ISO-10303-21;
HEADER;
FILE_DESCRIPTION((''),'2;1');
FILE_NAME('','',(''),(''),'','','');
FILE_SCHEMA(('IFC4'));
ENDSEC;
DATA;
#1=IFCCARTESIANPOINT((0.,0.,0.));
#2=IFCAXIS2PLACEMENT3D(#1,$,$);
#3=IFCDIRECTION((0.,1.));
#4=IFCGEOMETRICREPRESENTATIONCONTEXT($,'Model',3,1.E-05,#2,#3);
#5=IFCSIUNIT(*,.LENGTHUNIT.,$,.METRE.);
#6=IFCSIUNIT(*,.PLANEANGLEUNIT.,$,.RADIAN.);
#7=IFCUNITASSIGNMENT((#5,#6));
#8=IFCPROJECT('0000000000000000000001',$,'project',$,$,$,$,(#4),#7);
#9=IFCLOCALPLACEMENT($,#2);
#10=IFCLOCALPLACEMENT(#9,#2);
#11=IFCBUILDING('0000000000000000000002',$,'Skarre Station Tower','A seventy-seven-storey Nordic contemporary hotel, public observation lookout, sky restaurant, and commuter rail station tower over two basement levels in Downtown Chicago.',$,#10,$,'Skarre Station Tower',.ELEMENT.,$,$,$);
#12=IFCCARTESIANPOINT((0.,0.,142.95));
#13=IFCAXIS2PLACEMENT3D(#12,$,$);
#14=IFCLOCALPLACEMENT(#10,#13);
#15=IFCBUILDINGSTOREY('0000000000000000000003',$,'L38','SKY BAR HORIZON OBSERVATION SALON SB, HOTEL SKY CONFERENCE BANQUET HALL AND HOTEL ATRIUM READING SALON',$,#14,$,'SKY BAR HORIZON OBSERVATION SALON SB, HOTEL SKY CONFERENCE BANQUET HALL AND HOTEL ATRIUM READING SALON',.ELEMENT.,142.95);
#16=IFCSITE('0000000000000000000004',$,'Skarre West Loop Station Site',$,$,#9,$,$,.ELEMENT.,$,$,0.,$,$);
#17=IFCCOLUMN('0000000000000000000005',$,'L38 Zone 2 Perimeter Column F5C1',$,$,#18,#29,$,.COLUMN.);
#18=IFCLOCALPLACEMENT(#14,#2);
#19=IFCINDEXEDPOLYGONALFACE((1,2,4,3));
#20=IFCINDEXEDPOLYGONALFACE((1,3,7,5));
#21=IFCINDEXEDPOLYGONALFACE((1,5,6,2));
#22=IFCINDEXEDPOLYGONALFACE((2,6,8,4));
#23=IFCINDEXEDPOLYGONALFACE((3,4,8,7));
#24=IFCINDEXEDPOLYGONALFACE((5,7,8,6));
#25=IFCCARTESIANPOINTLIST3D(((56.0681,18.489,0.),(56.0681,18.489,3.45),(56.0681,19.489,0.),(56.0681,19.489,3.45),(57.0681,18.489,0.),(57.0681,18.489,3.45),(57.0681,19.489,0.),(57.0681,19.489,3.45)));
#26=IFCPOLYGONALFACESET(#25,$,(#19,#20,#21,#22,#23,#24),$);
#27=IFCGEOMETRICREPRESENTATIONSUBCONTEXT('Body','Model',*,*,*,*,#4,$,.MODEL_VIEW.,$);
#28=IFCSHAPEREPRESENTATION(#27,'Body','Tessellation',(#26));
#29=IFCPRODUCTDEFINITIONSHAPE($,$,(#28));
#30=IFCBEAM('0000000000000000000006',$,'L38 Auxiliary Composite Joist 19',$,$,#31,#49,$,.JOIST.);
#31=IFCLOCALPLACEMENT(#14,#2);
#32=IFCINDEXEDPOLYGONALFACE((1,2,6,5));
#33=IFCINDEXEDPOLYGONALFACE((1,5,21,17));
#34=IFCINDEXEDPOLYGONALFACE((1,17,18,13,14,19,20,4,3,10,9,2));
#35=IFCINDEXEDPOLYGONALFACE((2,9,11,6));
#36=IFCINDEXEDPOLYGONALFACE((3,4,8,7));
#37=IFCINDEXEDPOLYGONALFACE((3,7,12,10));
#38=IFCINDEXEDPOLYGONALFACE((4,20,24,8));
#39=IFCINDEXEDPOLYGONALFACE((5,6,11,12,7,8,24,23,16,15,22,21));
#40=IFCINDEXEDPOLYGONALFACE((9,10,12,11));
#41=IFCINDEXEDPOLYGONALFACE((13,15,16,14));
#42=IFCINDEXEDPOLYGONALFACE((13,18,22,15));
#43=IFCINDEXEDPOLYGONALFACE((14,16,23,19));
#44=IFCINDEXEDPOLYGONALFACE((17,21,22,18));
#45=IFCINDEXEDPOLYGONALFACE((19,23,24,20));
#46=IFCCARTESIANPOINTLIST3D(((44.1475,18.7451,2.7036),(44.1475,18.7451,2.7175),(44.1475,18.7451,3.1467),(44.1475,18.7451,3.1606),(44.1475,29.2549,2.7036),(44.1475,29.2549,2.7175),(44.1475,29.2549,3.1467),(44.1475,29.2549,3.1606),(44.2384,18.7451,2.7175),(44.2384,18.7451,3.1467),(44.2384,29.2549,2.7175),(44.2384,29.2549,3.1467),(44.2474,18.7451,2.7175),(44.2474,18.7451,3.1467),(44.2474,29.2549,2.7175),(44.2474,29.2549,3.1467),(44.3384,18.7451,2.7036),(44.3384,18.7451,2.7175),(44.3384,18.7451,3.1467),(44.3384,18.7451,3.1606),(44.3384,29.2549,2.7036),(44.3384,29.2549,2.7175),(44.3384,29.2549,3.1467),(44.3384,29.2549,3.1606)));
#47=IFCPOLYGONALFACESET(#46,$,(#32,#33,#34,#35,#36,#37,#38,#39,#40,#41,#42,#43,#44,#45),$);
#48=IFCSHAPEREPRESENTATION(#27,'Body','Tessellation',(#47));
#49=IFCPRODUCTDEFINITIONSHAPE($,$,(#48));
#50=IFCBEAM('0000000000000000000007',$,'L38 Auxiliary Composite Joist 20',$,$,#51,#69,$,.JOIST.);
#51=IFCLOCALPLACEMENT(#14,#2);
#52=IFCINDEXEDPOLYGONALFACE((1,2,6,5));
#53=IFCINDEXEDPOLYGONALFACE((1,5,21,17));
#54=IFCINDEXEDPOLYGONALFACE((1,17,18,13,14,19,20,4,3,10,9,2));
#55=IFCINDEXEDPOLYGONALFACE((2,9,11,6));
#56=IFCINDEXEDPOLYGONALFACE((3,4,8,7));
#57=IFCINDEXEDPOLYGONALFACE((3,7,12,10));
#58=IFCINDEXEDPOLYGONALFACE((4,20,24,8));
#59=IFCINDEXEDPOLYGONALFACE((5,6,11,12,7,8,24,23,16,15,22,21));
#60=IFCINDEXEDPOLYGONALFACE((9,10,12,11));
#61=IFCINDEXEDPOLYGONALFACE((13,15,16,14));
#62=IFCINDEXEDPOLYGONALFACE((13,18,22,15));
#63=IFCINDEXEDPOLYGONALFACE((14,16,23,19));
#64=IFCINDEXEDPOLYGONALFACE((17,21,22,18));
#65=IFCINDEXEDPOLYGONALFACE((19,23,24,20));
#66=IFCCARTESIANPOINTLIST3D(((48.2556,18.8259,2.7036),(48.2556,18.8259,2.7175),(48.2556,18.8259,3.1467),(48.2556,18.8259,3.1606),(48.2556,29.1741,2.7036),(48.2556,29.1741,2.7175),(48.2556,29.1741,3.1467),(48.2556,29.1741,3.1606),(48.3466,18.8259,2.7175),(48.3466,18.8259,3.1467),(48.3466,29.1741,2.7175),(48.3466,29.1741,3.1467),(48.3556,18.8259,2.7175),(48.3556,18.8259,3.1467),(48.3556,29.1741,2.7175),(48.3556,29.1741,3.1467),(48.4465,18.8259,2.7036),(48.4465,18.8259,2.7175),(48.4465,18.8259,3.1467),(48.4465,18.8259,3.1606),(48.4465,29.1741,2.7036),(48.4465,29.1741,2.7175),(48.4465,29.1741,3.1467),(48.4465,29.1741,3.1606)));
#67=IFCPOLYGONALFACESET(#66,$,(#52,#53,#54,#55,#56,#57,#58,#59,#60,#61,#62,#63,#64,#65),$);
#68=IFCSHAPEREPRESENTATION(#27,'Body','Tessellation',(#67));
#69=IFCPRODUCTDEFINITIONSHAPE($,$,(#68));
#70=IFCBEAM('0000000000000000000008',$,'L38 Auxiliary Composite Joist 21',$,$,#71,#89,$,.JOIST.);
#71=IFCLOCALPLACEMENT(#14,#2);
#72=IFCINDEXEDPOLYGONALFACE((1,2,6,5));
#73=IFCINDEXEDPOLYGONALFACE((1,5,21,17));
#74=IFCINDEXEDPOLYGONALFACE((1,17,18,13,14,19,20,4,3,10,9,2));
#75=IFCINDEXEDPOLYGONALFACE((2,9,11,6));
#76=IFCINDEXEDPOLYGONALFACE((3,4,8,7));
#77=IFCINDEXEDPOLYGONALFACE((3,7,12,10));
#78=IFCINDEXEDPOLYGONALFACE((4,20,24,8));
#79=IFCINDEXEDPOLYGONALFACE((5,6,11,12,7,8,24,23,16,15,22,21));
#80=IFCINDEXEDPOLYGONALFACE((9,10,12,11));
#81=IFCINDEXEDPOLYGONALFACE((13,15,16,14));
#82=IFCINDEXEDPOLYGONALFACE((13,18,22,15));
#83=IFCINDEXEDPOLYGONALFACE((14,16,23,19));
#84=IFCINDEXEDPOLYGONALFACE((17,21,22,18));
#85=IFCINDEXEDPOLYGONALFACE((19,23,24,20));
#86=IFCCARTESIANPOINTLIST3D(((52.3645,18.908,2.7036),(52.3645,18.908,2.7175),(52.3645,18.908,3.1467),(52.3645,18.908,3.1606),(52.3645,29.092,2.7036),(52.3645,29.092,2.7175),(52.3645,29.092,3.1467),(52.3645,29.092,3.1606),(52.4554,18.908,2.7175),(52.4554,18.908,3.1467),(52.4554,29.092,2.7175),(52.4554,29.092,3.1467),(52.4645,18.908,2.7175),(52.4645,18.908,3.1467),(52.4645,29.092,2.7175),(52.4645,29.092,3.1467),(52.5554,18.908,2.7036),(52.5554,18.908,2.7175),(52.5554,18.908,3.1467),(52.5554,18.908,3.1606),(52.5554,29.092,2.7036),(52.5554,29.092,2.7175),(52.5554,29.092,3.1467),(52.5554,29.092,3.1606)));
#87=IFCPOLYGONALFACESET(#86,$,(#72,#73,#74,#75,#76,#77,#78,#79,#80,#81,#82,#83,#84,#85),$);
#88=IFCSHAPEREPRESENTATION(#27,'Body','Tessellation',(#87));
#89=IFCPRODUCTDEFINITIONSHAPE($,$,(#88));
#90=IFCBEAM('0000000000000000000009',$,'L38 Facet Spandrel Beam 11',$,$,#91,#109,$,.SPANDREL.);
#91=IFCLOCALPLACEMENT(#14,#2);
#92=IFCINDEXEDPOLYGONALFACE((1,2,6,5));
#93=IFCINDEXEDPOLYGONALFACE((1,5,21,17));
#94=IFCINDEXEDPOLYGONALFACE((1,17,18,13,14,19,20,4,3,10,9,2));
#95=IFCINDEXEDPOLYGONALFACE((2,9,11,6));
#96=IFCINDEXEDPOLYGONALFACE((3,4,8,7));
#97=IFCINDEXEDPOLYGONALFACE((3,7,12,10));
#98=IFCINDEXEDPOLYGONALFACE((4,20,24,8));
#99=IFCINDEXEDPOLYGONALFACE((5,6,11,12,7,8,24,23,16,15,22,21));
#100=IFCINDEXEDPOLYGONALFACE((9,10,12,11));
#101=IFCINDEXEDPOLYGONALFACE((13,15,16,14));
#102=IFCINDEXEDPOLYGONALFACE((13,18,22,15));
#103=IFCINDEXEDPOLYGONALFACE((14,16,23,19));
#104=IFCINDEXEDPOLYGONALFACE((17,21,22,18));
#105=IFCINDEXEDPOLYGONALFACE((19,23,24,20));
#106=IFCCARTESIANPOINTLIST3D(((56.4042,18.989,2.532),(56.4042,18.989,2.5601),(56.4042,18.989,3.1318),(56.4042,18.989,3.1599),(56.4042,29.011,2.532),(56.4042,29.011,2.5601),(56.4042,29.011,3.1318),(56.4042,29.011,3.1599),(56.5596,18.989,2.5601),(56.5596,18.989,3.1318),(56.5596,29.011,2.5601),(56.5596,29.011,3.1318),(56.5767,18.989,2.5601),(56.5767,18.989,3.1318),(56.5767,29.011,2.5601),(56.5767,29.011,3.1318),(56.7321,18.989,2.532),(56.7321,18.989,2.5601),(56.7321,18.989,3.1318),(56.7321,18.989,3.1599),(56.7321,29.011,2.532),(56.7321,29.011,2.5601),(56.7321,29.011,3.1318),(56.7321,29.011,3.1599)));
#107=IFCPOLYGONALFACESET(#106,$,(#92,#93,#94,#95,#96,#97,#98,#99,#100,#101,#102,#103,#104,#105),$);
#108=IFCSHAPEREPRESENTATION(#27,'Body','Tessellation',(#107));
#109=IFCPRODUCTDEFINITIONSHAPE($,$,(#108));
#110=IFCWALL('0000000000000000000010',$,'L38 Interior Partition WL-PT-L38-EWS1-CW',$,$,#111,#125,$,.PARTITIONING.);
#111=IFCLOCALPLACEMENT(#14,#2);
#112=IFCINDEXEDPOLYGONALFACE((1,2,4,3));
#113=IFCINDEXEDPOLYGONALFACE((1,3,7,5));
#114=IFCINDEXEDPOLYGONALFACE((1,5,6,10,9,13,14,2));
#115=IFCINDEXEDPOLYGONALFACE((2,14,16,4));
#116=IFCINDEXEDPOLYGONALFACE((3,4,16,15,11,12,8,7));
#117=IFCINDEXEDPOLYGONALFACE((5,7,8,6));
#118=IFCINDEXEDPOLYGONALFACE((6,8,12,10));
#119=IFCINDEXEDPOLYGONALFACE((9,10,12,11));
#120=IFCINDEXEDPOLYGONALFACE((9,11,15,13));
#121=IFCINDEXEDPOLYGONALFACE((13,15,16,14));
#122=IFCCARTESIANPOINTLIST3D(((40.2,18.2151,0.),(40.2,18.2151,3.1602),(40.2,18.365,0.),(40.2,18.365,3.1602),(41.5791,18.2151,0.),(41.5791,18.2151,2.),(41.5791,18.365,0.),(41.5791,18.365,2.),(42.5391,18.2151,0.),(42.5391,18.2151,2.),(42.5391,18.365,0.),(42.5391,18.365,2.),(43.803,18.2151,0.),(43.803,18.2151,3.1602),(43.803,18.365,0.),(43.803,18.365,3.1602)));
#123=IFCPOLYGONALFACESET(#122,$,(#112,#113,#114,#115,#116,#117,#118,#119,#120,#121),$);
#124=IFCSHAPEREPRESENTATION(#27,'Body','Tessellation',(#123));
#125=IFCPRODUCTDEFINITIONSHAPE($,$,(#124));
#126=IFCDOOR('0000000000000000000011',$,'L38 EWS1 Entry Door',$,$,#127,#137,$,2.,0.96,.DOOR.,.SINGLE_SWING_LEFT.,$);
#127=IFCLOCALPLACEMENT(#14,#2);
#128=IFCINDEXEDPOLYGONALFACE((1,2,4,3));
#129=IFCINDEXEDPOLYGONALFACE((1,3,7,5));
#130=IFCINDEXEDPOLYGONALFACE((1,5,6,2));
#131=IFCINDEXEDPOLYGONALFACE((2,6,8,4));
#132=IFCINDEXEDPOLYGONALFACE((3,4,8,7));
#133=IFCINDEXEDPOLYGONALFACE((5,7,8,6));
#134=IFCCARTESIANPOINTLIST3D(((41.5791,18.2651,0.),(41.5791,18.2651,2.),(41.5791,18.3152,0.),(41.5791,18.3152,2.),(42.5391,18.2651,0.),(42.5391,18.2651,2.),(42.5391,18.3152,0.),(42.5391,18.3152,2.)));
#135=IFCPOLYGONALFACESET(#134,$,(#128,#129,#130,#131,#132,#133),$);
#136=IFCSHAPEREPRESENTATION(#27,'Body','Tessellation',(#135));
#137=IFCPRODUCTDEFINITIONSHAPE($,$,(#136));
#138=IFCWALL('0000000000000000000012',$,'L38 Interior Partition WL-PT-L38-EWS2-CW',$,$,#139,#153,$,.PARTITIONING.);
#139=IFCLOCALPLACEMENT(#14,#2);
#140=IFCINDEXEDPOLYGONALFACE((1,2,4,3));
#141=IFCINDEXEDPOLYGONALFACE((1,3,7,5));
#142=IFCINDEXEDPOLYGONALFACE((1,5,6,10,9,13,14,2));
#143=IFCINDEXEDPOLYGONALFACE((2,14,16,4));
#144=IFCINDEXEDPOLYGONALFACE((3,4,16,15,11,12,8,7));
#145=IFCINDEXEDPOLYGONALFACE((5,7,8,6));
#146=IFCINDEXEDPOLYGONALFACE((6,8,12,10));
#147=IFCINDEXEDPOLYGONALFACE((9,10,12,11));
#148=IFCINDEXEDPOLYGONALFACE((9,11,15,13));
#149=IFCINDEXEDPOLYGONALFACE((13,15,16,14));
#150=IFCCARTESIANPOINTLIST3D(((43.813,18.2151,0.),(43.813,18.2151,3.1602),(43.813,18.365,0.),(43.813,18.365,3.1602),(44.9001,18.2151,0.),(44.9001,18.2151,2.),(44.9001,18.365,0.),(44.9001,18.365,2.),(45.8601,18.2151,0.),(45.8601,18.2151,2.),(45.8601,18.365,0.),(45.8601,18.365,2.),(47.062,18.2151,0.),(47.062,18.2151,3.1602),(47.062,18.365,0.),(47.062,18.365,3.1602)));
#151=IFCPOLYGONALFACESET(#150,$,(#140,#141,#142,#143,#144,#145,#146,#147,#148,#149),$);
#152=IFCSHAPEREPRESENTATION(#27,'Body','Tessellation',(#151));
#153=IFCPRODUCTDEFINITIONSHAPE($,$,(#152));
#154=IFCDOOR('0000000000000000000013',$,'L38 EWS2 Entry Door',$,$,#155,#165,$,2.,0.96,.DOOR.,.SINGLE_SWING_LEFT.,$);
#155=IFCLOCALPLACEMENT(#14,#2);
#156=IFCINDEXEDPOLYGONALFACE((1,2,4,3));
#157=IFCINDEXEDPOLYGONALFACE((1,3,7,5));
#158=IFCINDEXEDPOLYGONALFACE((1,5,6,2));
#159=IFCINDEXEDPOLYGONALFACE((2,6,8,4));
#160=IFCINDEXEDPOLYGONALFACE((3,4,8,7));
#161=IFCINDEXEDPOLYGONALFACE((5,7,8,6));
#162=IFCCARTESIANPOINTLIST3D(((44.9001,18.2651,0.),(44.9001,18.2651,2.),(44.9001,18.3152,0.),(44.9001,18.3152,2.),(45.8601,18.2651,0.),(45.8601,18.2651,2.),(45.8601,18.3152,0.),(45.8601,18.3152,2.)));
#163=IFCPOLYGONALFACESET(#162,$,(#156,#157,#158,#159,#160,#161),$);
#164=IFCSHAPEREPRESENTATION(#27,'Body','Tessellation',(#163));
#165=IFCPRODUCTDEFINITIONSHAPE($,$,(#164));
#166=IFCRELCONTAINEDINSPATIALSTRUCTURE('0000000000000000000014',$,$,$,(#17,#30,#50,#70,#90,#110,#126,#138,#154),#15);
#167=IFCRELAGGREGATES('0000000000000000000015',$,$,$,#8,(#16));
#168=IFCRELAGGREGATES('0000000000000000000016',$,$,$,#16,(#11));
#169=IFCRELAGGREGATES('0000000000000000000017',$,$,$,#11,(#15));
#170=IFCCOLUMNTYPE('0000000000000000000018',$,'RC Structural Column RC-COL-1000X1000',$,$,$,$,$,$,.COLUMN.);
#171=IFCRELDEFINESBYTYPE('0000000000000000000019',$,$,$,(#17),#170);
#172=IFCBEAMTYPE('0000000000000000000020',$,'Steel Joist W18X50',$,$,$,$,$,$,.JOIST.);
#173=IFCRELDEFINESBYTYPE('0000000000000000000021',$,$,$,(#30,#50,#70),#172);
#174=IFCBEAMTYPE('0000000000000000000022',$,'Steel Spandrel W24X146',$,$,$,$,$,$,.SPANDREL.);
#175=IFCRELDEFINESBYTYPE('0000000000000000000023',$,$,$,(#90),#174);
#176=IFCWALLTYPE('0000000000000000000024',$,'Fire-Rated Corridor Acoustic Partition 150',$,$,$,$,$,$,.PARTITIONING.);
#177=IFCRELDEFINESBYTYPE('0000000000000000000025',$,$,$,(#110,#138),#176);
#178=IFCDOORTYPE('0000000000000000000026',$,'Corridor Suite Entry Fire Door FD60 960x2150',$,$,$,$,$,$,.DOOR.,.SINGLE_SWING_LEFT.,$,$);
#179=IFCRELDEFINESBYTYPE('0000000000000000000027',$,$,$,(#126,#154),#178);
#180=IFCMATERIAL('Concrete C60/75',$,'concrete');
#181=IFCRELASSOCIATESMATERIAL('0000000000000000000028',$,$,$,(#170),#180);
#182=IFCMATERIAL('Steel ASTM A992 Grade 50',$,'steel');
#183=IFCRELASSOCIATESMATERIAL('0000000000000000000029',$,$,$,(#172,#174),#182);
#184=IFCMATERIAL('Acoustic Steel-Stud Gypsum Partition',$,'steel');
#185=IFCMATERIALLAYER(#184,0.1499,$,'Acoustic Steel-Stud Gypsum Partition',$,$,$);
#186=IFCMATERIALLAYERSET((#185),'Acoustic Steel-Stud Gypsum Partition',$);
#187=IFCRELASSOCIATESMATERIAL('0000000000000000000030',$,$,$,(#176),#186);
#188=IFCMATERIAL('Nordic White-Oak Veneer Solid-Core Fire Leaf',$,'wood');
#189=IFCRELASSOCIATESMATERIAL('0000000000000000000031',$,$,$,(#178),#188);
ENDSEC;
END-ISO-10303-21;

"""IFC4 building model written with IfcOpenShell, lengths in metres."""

from ifc_helpers import new_model, si_unit, direction, frame, frame_2d, origin, origin_2d, place, context, subcontext, project, spatial, rectangle, i_section, extrude, material, layer, layer_set, material_profile, profile_set, type_object, element, fill, save


model = new_model("IFC4")

# Units and contexts
model_context = context("Model", 3, precision=1e-05, world=origin(), true_north=direction((0.0, 1.0)))
body_context = subcontext(model_context, "Body", "Model", "MODEL_VIEW")
ifc_project = project(units=[si_unit("LENGTHUNIT", "METRE"), si_unit("PLANEANGLEUNIT", "RADIAN")], contexts=[model_context])

# Site, building, storey
site_placement = place(None, origin())
site = spatial("IfcSite", under=ifc_project, at=site_placement, Name="Skarre West Loop Station Site", CompositionType="ELEMENT", RefElevation=0.0)
building_placement = place(site_placement, origin())
building = spatial("IfcBuilding", under=site, at=building_placement, Name="Skarre Station Tower", Description="A seventy-seven-storey Nordic contemporary hotel, public observation lookout, sky restaurant, and commuter rail station tower over two basement levels in Downtown Chicago.", LongName="Skarre Station Tower", CompositionType="ELEMENT")
storey_placement = place(building_placement, frame((0.0, 0.0, 142.95)))
storey = spatial("IfcBuildingStorey", under=building, at=storey_placement, Name="L38", Description="SKY BAR HORIZON OBSERVATION SALON SB, HOTEL SKY CONFERENCE BANQUET HALL AND HOTEL ATRIUM READING SALON", LongName="SKY BAR HORIZON OBSERVATION SALON SB, HOTEL SKY CONFERENCE BANQUET HALL AND HOTEL ATRIUM READING SALON", CompositionType="ELEMENT", Elevation=142.95)

# Column
ifc_material_1 = material(Name="Concrete C60/75", Category="concrete")
ifc_material_profile_1 = material_profile(ifc_material_1, rectangle(XDim=1.0, YDim=1.0, at=origin_2d()), Name="Concrete C60/75")
ifc_profile_set_1 = profile_set([ifc_material_profile_1], Name="Concrete C60/75")
column_type = type_object("IfcColumnType", Name="RC Structural Column RC-COL-1000X1000", PredefinedType="COLUMN", material=ifc_profile_set_1)
column_placement = place(storey_placement, frame((56.5681, 18.989, 0.0), z_axis=(0.0, 0.0, 1.0), x_axis=(1.0, 0.0, 0.0)))
element("IfcColumn", 1, at=column_placement, inside=storey, type_object=column_type, Name="L38 Zone 2 Perimeter Column F5C1", PredefinedType="COLUMN", context=body_context, shape_type="SweptSolid", body=[
    extrude(rectangle(XDim=1.0, YDim=1.0, at=origin_2d()), origin(), (0.0, 0.0, 1.0), 3.45),
])

# Beams
ifc_material_2 = material(Name="Steel ASTM A992 Grade 50", Category="steel")
ifc_material_profile_2 = material_profile(ifc_material_2, i_section(OverallWidth=0.1909, OverallDepth=0.457, WebThickness=0.009, FlangeThickness=0.0139, at=origin_2d()), Name="Steel ASTM A992 Grade 50")
ifc_profile_set_2 = profile_set([ifc_material_profile_2], Name="Steel ASTM A992 Grade 50")
beam_type_1 = type_object("IfcBeamType", Name="Steel Joist W18X50", PredefinedType="JOIST", material=ifc_profile_set_2)
beam_1_placement = place(storey_placement, frame((44.2429, 18.7451, 2.9321), z_axis=(0.0, 1.0, 0.0), x_axis=(-1.0, 0.0, 0.0)))
element("IfcBeam", 2, at=beam_1_placement, inside=storey, type_object=beam_type_1, Name="L38 Auxiliary Composite Joist 19", PredefinedType="JOIST", context=body_context, shape_type="SweptSolid", body=[
    extrude(i_section(OverallWidth=0.1909, OverallDepth=0.457, WebThickness=0.009, FlangeThickness=0.0139, at=origin_2d()), origin(), (0.0, 0.0, 1.0), 10.5098),
])
beam_2_placement = place(storey_placement, frame((48.3511, 18.8259, 2.9321), z_axis=(0.0, 1.0, 0.0), x_axis=(-1.0, 0.0, 0.0)))
element("IfcBeam", 3, at=beam_2_placement, inside=storey, type_object=beam_type_1, Name="L38 Auxiliary Composite Joist 20", PredefinedType="JOIST", context=body_context, shape_type="SweptSolid", body=[
    extrude(i_section(OverallWidth=0.1909, OverallDepth=0.457, WebThickness=0.009, FlangeThickness=0.0139, at=origin_2d()), origin(), (0.0, 0.0, 1.0), 10.3481),
])
beam_3_placement = place(storey_placement, frame((52.46, 18.908, 2.9321), z_axis=(0.0, 1.0, 0.0), x_axis=(-1.0, 0.0, 0.0)))
element("IfcBeam", 4, at=beam_3_placement, inside=storey, type_object=beam_type_1, Name="L38 Auxiliary Composite Joist 21", PredefinedType="JOIST", context=body_context, shape_type="SweptSolid", body=[
    extrude(i_section(OverallWidth=0.1909, OverallDepth=0.457, WebThickness=0.009, FlangeThickness=0.0139, at=origin_2d()), origin(), (0.0, 0.0, 1.0), 10.1841),
])
ifc_material_profile_3 = material_profile(ifc_material_2, i_section(OverallWidth=0.3279, OverallDepth=0.6279, WebThickness=0.0171, FlangeThickness=0.0281, at=origin_2d()), Name="Steel ASTM A992 Grade 50")
ifc_profile_set_3 = profile_set([ifc_material_profile_3], Name="Steel ASTM A992 Grade 50")
beam_type_2 = type_object("IfcBeamType", Name="Steel Spandrel W24X146", PredefinedType="SPANDREL", material=ifc_profile_set_3)
beam_4_placement = place(storey_placement, frame((56.5681, 18.989, 2.8459), z_axis=(0.0, 1.0, 0.0), x_axis=(-1.0, 0.0, 0.0)))
element("IfcBeam", 5, at=beam_4_placement, inside=storey, type_object=beam_type_2, Name="L38 Facet Spandrel Beam 11", PredefinedType="SPANDREL", context=body_context, shape_type="SweptSolid", body=[
    extrude(i_section(OverallWidth=0.3279, OverallDepth=0.6279, WebThickness=0.0171, FlangeThickness=0.0281, at=origin_2d()), origin(), (0.0, 0.0, 1.0), 10.022),
])

# Walls, openings, doors
ifc_material_3 = material(Name="Acoustic Steel-Stud Gypsum Partition", Category="steel")
ifc_layer_1 = layer(ifc_material_3, 0.1499, Name="Acoustic Steel-Stud Gypsum Partition")
ifc_layer_set_1 = layer_set([ifc_layer_1], Name="Acoustic Steel-Stud Gypsum Partition")
wall_type_1 = type_object("IfcWallType", Name="Fire-Rated Corridor Acoustic Partition 150", PredefinedType="PARTITIONING", material=ifc_layer_set_1)
wall_1_placement = place(storey_placement, frame((43.803, 18.29, 0.0), z_axis=(0.0, 0.0, 1.0), x_axis=(-1.0, 0.0, 0.0)))
wall_1 = element("IfcWall", 6, at=wall_1_placement, inside=storey, type_object=wall_type_1, Name="L38 Interior Partition WL-PT-L38-EWS1-CW", PredefinedType="PARTITIONING", context=body_context, shape_type="SweptSolid", body=[
    extrude(rectangle(XDim=3.603, YDim=0.1499, at=frame_2d((1.8015, 0.0))), origin(), (0.0, 0.0, 1.0), 3.1602),
])
opening_1_placement = place(wall_1_placement, frame((1.2639, 0.0, 0.0)))
opening_1 = element("IfcOpeningElement", 7, at=opening_1_placement, cuts=wall_1, PredefinedType="OPENING", context=body_context, shape_type="SweptSolid", body=[
    extrude(rectangle(XDim=0.96, YDim=2.0, at=frame_2d((0.48, 1.0))), frame((0.0, 0.085, 0.0), z_axis=(0.0, -1.0, 0.0), x_axis=(1.0, 0.0, 0.0)), (0.0, 0.0, 1.0), 0.1699),
])
ifc_material_4 = material(Name="Nordic White-Oak Veneer Solid-Core Fire Leaf", Category="wood")
door_type = type_object("IfcDoorType", Name="Corridor Suite Entry Fire Door FD60 960x2150", OperationType="SINGLE_SWING_LEFT", PredefinedType="DOOR", material=ifc_material_4)
door_1_placement = place(opening_1_placement, origin())
door_1 = element("IfcDoor", 8, at=door_1_placement, inside=storey, type_object=door_type, Name="L38 EWS1 Entry Door", OperationType="SINGLE_SWING_LEFT", OverallHeight=2.0, OverallWidth=0.96, PredefinedType="DOOR", context=body_context, shape_type="SweptSolid", body=[
    extrude(rectangle(XDim=0.96, YDim=2.0, at=frame_2d((0.48, 1.0))), frame((0.0, 0.0249, 0.0), z_axis=(0.0, -1.0, 0.0), x_axis=(1.0, 0.0, 0.0)), (0.0, 0.0, 1.0), 0.05),
])
fill(opening_1, door_1)
wall_2_placement = place(storey_placement, frame((47.062, 18.29, 0.0), z_axis=(0.0, 0.0, 1.0), x_axis=(-1.0, 0.0, 0.0)))
wall_2 = element("IfcWall", 9, at=wall_2_placement, inside=storey, type_object=wall_type_1, Name="L38 Interior Partition WL-PT-L38-EWS2-CW", PredefinedType="PARTITIONING", context=body_context, shape_type="SweptSolid", body=[
    extrude(rectangle(XDim=3.249, YDim=0.1499, at=frame_2d((1.6245, 0.0))), origin(), (0.0, 0.0, 1.0), 3.1602),
])
opening_2_placement = place(wall_2_placement, frame((1.2019, 0.0, 0.0)))
opening_2 = element("IfcOpeningElement", 10, at=opening_2_placement, cuts=wall_2, PredefinedType="OPENING", context=body_context, shape_type="SweptSolid", body=[
    extrude(rectangle(XDim=0.96, YDim=2.0, at=frame_2d((0.48, 1.0))), frame((0.0, 0.085, 0.0), z_axis=(0.0, -1.0, 0.0), x_axis=(1.0, 0.0, 0.0)), (0.0, 0.0, 1.0), 0.1699),
])
door_2_placement = place(opening_2_placement, origin())
door_2 = element("IfcDoor", 11, at=door_2_placement, inside=storey, type_object=door_type, Name="L38 EWS2 Entry Door", OperationType="SINGLE_SWING_LEFT", OverallHeight=2.0, OverallWidth=0.96, PredefinedType="DOOR", context=body_context, shape_type="SweptSolid", body=[
    extrude(rectangle(XDim=0.96, YDim=2.0, at=frame_2d((0.48, 1.0))), frame((0.0, 0.0249, 0.0), z_axis=(0.0, -1.0, 0.0), x_axis=(1.0, 0.0, 0.0)), (0.0, 0.0, 1.0), 0.05),
])
fill(opening_2, door_2)

save(model, "model.ifc")
